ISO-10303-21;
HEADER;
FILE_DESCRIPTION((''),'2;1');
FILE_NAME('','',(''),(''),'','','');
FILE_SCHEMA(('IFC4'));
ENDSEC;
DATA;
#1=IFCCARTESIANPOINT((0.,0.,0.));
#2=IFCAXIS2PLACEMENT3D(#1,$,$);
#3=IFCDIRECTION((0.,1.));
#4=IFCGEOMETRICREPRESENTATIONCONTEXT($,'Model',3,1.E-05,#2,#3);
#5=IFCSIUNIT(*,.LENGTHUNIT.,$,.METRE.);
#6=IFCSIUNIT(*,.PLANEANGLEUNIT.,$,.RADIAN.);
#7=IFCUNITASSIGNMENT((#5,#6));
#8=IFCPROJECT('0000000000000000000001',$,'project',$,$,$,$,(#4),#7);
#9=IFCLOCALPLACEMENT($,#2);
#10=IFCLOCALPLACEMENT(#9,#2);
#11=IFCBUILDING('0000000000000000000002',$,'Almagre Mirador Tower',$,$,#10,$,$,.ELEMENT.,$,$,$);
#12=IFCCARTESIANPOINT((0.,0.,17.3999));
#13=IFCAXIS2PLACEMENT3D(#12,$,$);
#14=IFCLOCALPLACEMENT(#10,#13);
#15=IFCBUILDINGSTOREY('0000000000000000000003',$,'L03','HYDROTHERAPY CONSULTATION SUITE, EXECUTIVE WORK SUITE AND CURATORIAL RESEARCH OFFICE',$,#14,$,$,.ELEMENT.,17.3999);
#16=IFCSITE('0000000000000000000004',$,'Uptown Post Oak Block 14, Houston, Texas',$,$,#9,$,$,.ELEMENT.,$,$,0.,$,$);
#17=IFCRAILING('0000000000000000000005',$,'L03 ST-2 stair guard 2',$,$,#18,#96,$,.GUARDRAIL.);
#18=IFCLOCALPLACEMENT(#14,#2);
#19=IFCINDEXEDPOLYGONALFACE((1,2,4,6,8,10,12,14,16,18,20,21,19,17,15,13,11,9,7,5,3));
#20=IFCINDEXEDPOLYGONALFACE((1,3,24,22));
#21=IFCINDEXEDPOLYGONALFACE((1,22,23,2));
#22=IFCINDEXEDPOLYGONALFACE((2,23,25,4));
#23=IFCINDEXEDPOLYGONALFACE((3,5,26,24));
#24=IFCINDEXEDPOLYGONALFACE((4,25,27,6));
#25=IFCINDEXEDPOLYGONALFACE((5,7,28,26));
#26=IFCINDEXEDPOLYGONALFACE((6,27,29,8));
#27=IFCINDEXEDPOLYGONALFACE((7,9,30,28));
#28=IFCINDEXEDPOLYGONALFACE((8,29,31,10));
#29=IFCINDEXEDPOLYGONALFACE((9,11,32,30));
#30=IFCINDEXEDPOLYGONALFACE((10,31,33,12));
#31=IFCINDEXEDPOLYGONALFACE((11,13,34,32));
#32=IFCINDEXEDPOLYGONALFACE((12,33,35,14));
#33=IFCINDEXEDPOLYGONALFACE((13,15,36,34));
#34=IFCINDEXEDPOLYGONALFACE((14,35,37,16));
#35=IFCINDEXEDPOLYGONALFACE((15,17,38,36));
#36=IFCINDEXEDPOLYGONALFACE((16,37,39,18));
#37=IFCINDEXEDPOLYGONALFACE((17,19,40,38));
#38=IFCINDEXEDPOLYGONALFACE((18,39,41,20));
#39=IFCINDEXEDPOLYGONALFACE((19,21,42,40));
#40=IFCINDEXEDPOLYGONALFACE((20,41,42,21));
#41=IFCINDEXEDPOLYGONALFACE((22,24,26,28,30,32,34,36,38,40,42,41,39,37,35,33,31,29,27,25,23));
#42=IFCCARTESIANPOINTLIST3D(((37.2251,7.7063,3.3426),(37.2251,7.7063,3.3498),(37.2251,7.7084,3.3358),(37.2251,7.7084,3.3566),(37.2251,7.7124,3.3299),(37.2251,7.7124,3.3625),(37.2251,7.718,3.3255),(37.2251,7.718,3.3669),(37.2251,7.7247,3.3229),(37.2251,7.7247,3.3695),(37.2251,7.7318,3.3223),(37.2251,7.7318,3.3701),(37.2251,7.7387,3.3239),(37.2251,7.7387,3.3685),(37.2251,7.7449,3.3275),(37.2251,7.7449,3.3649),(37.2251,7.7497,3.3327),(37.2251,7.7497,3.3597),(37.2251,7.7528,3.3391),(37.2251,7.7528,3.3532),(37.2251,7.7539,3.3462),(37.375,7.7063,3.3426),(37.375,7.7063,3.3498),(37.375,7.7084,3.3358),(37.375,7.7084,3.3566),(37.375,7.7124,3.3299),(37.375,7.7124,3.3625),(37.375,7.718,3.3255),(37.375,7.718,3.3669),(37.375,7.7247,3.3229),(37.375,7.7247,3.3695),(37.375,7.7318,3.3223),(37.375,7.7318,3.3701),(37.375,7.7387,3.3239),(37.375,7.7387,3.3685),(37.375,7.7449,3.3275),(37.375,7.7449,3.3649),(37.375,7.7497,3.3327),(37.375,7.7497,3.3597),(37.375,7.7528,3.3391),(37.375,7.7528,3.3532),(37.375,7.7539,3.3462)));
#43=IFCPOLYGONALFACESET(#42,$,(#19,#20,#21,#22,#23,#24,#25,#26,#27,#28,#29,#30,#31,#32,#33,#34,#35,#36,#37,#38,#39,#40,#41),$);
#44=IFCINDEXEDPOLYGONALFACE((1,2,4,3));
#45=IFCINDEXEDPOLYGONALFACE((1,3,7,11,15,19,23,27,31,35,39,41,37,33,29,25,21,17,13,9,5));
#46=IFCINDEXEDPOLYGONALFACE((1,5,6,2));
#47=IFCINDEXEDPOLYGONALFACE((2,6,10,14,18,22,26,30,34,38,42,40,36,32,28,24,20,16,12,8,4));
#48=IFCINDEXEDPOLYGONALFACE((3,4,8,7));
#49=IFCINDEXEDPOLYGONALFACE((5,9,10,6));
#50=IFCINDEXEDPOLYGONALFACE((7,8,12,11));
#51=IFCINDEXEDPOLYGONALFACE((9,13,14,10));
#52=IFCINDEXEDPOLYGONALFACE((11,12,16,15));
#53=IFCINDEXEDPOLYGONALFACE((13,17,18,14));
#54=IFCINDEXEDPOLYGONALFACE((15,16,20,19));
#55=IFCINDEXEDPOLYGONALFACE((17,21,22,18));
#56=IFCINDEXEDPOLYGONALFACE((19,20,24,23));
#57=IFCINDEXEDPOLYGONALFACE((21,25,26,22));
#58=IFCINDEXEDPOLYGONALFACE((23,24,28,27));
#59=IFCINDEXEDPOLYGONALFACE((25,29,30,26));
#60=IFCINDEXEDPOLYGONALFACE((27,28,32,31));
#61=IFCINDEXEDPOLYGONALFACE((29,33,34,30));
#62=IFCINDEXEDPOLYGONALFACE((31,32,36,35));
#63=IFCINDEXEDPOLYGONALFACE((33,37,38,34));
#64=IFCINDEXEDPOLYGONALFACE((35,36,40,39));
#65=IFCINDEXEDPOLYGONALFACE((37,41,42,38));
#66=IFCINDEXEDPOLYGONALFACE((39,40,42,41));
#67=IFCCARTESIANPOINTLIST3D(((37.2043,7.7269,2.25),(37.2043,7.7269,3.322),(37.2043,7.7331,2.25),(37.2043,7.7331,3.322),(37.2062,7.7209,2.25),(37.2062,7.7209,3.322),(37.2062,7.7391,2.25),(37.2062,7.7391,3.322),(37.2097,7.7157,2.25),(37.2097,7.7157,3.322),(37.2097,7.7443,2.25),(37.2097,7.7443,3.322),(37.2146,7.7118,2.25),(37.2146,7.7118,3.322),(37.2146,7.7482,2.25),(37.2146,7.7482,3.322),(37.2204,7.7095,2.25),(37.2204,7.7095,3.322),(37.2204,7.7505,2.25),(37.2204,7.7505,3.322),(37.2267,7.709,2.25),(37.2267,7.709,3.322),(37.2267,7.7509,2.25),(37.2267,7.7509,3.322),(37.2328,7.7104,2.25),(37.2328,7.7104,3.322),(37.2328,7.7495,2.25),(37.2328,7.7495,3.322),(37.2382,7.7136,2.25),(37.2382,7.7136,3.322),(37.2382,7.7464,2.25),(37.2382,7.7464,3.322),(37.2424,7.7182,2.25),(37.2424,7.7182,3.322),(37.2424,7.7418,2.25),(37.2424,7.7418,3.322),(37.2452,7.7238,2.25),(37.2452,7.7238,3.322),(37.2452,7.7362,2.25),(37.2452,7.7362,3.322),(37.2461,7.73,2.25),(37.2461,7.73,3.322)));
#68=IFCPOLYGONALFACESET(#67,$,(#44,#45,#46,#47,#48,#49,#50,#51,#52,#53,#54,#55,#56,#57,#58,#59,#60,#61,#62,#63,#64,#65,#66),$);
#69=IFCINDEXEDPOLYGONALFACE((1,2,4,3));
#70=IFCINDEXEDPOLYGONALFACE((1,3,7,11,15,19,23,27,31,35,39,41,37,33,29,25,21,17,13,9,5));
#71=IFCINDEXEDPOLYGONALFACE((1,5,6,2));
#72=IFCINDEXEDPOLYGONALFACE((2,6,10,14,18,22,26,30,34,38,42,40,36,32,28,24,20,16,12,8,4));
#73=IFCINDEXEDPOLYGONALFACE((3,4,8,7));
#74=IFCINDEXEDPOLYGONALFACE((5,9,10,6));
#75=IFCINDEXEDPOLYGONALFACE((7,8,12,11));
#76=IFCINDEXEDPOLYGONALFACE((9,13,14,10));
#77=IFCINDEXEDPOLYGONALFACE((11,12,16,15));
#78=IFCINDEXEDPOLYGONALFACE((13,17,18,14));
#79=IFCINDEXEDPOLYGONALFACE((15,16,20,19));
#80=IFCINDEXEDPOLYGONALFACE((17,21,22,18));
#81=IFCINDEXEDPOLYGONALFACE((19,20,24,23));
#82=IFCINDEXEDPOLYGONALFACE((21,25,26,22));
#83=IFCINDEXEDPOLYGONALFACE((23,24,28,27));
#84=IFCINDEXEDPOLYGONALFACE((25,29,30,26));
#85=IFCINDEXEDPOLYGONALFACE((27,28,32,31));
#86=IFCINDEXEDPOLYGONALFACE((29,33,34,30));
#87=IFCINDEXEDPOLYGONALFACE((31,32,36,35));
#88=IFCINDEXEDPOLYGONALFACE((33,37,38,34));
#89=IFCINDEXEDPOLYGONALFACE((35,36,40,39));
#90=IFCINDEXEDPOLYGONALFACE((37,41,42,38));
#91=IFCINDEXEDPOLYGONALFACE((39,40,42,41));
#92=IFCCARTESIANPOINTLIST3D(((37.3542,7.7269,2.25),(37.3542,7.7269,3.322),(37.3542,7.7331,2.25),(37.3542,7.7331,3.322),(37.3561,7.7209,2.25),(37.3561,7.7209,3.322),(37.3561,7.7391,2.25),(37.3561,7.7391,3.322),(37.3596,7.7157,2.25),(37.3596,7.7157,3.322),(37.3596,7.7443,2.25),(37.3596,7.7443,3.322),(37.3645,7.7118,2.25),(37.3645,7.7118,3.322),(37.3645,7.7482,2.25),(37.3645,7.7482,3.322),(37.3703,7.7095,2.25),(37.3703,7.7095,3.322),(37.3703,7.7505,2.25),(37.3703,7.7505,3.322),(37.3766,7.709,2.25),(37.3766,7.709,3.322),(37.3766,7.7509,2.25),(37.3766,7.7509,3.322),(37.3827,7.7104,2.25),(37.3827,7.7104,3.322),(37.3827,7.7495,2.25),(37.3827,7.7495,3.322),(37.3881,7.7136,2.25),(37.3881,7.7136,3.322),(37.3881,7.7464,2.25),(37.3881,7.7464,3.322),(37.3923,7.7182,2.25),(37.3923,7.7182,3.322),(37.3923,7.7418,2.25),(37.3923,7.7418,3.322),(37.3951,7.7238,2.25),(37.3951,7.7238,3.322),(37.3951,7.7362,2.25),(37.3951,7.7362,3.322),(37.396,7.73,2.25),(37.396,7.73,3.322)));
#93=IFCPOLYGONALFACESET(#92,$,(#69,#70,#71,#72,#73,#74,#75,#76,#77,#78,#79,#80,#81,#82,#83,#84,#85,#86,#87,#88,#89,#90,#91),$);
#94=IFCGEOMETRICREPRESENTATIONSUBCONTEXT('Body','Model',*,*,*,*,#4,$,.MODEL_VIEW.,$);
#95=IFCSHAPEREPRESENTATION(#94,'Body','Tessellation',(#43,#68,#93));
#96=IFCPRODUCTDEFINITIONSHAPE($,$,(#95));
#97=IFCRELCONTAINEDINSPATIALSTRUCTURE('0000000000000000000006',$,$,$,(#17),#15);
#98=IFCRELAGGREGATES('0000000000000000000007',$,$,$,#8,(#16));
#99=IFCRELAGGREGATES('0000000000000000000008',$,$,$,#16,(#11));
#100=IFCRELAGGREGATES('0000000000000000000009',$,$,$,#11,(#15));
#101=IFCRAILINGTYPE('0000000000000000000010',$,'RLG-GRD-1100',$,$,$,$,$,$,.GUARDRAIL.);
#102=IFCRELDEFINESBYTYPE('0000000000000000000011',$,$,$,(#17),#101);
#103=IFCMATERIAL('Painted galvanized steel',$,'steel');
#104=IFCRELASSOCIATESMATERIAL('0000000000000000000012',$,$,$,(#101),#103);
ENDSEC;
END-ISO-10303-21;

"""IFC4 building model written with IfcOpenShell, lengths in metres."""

from ifc_helpers import new_model, si_unit, direction, frame, origin, origin_2d, place, context, subcontext, project, spatial, circle, extrude, material, type_object, element, save


model = new_model("IFC4")

# Units and contexts
model_context = context("Model", 3, precision=1e-05, world=origin(), true_north=direction((0.0, 1.0)))
body_context = subcontext(model_context, "Body", "Model", "MODEL_VIEW")
ifc_project = project(units=[si_unit("LENGTHUNIT", "METRE"), si_unit("PLANEANGLEUNIT", "RADIAN")], contexts=[model_context])

# Site, building, storey
site_placement = place(None, origin())
site = spatial("IfcSite", under=ifc_project, at=site_placement, Name="Uptown Post Oak Block 14, Houston, Texas", CompositionType="ELEMENT", RefElevation=0.0)
building_placement = place(site_placement, origin())
building = spatial("IfcBuilding", under=site, at=building_placement, Name="Almagre Mirador Tower", CompositionType="ELEMENT")
storey_placement = place(building_placement, frame((0.0, 0.0, 17.3999)))
storey = spatial("IfcBuildingStorey", under=building, at=storey_placement, Name="L03", Description="HYDROTHERAPY CONSULTATION SUITE, EXECUTIVE WORK SUITE AND CURATORIAL RESEARCH OFFICE", CompositionType="ELEMENT", Elevation=17.3999)

# Railing
ifc_material_1 = material(Name="Painted galvanized steel", Category="steel")
railing_type_1 = type_object("IfcRailingType", Name="RLG-GRD-1100", PredefinedType="GUARDRAIL", material=ifc_material_1)
railing_1_placement = place(storey_placement, frame((37.2251, 7.73, 2.25)))
element("IfcRailing", 1, at=railing_1_placement, inside=storey, type_object=railing_type_1, Name="L03 ST-2 stair guard 2", PredefinedType="GUARDRAIL", context=body_context, shape_type="SweptSolid", body=[
    extrude(circle(Radius=0.0239, at=origin_2d()), frame((0.0, 0.0, 1.0962), z_axis=(1.0, 0.0, 0.0), x_axis=(0.0, 1.0, 0.0)), (0.0, 0.0, 1.0), 0.1499),
    extrude(circle(Radius=0.021, at=origin_2d()), origin(), (0.0, 0.0, 1.0), 1.072),
    extrude(circle(Radius=0.021, at=origin_2d()), frame((0.1499, 0.0, 0.0)), (0.0, 0.0, 1.0), 1.072),
])

save(model, "model.ifc")
